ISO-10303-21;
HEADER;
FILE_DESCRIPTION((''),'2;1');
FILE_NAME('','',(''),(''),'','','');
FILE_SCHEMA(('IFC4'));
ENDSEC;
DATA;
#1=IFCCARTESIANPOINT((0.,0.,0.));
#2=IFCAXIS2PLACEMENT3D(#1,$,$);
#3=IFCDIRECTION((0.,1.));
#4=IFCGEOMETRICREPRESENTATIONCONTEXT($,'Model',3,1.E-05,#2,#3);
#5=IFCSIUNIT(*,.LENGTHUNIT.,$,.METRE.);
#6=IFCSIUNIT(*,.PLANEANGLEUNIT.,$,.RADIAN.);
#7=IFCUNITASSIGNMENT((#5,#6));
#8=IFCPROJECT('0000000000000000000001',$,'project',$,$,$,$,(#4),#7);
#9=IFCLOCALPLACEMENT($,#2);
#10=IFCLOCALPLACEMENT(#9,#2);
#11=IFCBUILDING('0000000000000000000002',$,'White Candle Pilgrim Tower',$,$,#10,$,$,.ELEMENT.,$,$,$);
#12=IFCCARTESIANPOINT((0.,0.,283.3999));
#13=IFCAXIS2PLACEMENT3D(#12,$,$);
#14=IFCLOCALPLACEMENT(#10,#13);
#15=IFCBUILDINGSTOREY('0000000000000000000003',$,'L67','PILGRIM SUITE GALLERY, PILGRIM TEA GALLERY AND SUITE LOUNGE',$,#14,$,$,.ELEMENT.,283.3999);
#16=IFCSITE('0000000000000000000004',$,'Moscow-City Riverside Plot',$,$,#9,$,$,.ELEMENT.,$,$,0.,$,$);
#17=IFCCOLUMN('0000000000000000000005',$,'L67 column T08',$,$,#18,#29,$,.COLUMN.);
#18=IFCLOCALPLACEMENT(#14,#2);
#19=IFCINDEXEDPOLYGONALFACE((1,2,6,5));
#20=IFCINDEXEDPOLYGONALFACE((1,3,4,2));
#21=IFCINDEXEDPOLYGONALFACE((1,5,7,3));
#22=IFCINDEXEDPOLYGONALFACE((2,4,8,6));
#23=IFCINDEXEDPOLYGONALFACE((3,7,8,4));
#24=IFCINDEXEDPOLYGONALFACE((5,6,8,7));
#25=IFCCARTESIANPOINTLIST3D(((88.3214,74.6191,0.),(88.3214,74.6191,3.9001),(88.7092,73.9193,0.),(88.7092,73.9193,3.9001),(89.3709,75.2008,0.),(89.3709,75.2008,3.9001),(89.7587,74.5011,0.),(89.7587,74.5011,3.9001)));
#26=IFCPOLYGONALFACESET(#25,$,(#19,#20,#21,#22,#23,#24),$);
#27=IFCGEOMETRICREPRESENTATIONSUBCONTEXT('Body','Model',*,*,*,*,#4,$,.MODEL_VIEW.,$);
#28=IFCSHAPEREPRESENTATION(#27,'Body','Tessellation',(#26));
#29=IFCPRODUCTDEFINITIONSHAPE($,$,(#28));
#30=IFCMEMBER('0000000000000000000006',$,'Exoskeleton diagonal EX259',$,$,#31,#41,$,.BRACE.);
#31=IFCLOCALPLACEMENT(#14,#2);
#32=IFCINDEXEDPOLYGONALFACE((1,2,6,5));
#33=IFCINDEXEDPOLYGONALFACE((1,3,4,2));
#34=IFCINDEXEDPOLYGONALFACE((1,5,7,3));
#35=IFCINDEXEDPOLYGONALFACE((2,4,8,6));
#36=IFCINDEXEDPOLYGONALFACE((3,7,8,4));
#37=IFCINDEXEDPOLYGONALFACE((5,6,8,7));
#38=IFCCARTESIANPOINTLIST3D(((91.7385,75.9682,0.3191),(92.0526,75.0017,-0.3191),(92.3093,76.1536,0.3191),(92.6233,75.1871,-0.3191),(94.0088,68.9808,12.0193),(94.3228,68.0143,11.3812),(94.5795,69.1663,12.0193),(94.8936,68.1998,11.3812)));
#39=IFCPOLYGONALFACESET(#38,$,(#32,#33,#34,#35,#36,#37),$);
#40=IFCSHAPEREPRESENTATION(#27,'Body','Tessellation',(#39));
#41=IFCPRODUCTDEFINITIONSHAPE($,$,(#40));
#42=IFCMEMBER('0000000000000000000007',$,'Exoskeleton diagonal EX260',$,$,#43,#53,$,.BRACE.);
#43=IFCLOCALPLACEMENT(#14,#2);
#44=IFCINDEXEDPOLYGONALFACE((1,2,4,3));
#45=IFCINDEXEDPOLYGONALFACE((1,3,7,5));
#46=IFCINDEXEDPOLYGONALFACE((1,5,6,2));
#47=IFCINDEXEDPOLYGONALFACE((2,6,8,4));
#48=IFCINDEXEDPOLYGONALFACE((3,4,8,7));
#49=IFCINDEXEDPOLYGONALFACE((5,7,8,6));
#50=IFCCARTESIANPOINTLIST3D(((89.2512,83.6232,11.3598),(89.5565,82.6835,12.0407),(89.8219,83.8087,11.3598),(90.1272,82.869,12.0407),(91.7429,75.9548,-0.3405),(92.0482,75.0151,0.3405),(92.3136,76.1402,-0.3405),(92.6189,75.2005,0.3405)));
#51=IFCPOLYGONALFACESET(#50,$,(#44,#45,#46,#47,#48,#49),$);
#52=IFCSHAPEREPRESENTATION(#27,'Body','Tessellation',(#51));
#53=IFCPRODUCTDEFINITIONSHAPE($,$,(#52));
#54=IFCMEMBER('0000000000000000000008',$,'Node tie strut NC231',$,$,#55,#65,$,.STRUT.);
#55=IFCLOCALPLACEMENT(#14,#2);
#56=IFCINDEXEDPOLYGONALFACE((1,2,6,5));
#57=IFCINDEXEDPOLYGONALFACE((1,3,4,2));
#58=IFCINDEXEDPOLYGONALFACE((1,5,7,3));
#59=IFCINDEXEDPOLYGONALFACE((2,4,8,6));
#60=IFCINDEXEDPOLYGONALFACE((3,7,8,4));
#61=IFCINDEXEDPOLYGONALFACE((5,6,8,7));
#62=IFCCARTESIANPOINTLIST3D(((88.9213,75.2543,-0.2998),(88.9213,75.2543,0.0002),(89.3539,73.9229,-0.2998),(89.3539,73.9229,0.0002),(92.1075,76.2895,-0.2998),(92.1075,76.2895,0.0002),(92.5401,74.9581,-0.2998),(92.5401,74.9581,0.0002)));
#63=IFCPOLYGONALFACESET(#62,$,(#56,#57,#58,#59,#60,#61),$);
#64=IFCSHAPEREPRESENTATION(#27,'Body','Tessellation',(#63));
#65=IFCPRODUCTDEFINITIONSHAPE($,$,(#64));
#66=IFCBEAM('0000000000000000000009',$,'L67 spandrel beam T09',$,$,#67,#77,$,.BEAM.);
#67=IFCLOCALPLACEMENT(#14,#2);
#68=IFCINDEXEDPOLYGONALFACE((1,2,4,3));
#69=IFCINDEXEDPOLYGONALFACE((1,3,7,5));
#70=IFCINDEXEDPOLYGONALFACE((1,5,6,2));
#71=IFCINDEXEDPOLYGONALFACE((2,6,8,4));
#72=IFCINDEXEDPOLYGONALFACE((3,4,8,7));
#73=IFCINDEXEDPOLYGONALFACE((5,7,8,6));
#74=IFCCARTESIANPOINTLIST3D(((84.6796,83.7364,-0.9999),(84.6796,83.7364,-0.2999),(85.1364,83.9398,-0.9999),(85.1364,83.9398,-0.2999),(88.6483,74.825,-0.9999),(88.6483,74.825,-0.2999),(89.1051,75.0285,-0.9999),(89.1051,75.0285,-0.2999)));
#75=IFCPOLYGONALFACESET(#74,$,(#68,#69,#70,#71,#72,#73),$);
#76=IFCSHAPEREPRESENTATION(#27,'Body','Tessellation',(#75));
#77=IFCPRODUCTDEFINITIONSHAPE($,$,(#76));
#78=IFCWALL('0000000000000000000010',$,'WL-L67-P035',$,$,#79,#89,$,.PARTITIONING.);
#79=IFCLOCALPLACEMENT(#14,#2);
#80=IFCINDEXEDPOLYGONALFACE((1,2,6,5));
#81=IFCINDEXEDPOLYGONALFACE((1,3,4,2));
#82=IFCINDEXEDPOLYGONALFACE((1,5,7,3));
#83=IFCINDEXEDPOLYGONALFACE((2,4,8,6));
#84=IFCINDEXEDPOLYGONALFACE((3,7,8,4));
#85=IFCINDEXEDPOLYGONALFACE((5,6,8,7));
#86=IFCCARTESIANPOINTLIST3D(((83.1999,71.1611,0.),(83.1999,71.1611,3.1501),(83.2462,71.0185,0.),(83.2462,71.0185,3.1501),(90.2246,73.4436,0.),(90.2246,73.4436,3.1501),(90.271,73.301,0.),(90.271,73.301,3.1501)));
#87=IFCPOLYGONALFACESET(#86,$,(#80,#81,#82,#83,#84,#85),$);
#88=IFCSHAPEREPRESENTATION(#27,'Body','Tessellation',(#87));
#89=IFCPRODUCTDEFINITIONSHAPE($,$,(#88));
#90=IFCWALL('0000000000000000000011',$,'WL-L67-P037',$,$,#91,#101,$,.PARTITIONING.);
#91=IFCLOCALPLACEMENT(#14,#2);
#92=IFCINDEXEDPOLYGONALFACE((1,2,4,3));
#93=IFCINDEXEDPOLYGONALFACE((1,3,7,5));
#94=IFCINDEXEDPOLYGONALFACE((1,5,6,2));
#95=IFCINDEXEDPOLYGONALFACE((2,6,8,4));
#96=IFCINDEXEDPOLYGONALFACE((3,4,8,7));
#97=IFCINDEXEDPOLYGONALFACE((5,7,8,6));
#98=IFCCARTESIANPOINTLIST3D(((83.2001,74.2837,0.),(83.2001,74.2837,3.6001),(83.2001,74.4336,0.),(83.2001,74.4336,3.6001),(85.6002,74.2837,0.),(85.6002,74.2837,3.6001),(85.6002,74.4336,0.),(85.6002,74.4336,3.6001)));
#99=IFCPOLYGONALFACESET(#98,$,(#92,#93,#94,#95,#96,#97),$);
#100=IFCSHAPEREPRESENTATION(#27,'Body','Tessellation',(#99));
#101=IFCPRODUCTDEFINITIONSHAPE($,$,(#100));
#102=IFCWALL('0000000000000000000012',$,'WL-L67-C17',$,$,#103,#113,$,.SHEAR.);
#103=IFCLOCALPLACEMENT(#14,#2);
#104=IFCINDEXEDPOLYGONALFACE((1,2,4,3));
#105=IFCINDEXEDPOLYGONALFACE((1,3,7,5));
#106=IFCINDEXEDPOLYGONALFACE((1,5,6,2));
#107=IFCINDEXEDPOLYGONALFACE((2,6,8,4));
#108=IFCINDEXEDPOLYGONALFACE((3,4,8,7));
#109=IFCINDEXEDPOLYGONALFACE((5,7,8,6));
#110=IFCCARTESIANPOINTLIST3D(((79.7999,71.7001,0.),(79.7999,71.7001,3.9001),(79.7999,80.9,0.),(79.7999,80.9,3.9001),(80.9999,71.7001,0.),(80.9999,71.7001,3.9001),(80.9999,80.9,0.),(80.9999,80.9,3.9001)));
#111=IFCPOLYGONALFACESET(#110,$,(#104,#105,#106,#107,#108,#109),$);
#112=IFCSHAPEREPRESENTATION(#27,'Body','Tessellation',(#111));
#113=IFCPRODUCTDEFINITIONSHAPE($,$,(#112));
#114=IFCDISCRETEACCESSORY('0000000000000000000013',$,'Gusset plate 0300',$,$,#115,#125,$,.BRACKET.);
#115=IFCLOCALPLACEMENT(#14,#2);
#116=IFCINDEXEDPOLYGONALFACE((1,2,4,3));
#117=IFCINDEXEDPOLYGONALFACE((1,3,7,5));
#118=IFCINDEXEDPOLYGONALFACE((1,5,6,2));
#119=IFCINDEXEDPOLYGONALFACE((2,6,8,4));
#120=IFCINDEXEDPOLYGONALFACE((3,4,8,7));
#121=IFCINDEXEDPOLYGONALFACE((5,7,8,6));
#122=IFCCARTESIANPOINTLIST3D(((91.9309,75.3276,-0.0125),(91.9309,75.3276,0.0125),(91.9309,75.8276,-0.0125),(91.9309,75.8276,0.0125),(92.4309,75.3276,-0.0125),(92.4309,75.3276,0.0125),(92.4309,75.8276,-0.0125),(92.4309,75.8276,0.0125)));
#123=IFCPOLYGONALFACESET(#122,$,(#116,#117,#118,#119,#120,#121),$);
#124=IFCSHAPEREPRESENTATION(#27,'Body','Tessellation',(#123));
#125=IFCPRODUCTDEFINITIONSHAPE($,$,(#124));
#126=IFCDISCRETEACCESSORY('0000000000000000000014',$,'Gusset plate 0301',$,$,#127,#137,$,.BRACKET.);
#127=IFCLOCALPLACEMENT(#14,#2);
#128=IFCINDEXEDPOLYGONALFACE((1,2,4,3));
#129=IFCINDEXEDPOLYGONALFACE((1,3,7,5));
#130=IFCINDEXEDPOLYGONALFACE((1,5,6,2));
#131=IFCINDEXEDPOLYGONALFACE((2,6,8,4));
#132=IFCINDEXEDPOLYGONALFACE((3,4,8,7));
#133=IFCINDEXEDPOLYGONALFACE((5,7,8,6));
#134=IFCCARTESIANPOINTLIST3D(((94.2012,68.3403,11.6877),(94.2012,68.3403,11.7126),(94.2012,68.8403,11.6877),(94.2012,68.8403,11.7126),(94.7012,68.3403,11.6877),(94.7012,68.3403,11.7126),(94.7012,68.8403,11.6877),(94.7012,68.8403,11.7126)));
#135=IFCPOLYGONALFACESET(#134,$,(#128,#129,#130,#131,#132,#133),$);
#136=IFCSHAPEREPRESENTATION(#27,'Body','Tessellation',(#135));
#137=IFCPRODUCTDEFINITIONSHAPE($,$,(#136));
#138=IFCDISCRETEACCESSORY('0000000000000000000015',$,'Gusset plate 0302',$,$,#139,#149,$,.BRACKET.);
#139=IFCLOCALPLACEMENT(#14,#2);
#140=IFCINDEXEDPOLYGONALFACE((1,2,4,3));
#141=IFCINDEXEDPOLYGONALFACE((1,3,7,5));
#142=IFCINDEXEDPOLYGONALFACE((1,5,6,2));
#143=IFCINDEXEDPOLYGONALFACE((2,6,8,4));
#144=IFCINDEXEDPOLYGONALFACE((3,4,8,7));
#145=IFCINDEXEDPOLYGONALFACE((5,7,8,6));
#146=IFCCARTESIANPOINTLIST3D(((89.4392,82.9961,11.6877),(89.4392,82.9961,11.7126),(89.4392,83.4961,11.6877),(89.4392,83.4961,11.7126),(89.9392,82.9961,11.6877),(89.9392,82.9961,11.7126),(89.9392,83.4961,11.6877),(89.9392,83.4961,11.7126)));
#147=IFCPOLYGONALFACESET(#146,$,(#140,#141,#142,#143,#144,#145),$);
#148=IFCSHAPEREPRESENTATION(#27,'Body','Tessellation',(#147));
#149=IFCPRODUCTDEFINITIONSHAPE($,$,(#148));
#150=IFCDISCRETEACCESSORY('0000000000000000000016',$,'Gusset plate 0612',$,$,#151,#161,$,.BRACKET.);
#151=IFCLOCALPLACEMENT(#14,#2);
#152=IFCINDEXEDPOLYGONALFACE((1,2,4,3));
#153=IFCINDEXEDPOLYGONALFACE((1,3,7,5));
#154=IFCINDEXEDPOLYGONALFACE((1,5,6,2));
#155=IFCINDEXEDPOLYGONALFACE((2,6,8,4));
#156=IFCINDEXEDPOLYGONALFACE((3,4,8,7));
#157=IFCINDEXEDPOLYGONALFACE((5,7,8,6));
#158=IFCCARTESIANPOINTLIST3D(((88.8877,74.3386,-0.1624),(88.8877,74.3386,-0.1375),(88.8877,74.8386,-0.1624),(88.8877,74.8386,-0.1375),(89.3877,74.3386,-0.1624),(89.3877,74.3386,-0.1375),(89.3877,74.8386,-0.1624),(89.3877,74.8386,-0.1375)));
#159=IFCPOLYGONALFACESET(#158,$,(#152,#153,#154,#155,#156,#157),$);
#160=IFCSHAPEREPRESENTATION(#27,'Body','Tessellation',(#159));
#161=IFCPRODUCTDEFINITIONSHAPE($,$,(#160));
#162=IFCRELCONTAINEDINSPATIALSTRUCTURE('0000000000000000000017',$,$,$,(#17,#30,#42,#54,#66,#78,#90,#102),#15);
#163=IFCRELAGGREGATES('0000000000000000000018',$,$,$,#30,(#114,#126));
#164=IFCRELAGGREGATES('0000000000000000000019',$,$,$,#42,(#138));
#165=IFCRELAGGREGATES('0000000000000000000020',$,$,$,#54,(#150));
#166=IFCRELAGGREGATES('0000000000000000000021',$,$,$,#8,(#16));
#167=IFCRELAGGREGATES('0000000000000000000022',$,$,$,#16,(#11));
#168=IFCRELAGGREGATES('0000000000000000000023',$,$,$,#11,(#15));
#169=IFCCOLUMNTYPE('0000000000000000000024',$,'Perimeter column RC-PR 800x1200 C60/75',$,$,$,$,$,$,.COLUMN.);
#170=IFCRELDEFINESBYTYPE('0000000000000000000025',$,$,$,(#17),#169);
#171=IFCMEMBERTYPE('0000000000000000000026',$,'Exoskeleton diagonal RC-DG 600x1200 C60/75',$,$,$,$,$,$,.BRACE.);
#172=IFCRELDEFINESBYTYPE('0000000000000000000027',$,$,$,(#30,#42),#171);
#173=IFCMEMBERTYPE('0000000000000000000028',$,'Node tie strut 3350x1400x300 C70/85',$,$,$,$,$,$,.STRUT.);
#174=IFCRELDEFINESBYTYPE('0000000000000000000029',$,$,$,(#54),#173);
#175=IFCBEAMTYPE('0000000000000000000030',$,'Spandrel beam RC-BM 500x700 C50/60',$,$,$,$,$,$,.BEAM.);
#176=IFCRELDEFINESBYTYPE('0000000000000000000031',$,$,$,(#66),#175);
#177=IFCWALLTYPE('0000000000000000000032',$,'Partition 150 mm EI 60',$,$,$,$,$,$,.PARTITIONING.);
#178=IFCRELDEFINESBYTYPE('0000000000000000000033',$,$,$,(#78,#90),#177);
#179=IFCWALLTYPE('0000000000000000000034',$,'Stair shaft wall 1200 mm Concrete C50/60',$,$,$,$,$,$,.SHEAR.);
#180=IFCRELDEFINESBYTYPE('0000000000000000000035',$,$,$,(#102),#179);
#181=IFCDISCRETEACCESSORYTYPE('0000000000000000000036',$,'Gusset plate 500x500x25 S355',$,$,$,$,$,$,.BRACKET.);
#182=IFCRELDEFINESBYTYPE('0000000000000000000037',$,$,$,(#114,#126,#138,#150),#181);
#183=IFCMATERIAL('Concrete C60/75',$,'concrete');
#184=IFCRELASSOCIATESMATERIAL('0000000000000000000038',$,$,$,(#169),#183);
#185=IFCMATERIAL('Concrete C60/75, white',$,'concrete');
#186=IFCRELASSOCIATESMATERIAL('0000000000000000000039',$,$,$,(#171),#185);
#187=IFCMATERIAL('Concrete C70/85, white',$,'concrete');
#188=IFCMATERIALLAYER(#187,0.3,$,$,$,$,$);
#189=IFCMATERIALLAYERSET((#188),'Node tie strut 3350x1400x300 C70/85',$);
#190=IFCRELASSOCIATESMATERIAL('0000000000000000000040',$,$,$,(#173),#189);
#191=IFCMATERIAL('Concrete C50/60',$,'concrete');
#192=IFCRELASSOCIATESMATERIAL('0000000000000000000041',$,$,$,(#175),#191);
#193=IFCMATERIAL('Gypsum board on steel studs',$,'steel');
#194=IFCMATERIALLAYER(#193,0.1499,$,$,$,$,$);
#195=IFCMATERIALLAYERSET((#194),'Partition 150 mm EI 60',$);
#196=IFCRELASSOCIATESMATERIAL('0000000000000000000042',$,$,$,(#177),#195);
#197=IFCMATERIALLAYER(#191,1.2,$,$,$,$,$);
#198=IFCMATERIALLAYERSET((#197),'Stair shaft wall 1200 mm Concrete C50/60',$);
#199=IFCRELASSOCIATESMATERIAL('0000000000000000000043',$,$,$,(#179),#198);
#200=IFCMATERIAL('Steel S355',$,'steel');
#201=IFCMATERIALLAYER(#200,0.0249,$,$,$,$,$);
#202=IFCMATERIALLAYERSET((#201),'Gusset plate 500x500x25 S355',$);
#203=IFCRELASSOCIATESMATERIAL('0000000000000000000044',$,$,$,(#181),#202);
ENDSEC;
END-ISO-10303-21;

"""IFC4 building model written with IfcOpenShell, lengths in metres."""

from ifc_helpers import new_model, si_unit, direction, frame, frame_2d, origin, origin_2d, place, context, subcontext, project, spatial, rectangle, extrude, material, layer, layer_set, material_profile, profile_set, type_object, element, aggregate, save


model = new_model("IFC4")

# Units and contexts
model_context = context("Model", 3, precision=1e-05, world=origin(), true_north=direction((0.0, 1.0)))
body_context = subcontext(model_context, "Body", "Model", "MODEL_VIEW")
ifc_project = project(units=[si_unit("LENGTHUNIT", "METRE"), si_unit("PLANEANGLEUNIT", "RADIAN")], contexts=[model_context])

# Site, building, storey
site_placement = place(None, origin())
site = spatial("IfcSite", under=ifc_project, at=site_placement, Name="Moscow-City Riverside Plot", CompositionType="ELEMENT", RefElevation=0.0)
building_placement = place(site_placement, origin())
building = spatial("IfcBuilding", under=site, at=building_placement, Name="White Candle Pilgrim Tower", CompositionType="ELEMENT")
storey_placement = place(building_placement, frame((0.0, 0.0, 283.3999)))
storey = spatial("IfcBuildingStorey", under=building, at=storey_placement, Name="L67", Description="PILGRIM SUITE GALLERY, PILGRIM TEA GALLERY AND SUITE LOUNGE", CompositionType="ELEMENT", Elevation=283.3999)

# Column
ifc_material_1 = material(Name="Concrete C60/75", Category="concrete")
ifc_material_profile_1 = material_profile(ifc_material_1, rectangle(XDim=0.8, YDim=1.2, at=origin_2d()), Name="RC-PR 800x1200")
ifc_profile_set_1 = profile_set([ifc_material_profile_1], Name="Concrete C60/75")
column_type = type_object("IfcColumnType", Name="Perimeter column RC-PR 800x1200 C60/75", PredefinedType="COLUMN", material=ifc_profile_set_1)
column_placement = place(storey_placement, frame((89.04, 74.5601, 0.0), z_axis=(0.0, 0.0, 1.0), x_axis=(0.48481, -0.87462, 0.0)))
element("IfcColumn", 1, at=column_placement, inside=storey, type_object=column_type, Name="L67 column T08", PredefinedType="COLUMN", context=body_context, shape_type="SweptSolid", body=[
    extrude(rectangle(XDim=0.8, YDim=1.2, at=origin_2d()), origin(), (0.0, 0.0, 1.0), 3.9001),
])

# Members
ifc_material_2 = material(Name="Concrete C60/75, white", Category="concrete")
ifc_material_profile_2 = material_profile(ifc_material_2, rectangle(XDim=0.6001, YDim=1.2, at=origin_2d()), Name="RC-DG 600x1200")
ifc_profile_set_2 = profile_set([ifc_material_profile_2], Name="Concrete C60/75, white")
member_type_1 = type_object("IfcMemberType", Name="Exoskeleton diagonal RC-DG 600x1200 C60/75", PredefinedType="BRACE", material=ifc_profile_set_2)
member_1_placement = place(storey_placement, frame((92.1809, 75.5776, 0.0), z_axis=(0.164326, -0.505754, 0.846882), x_axis=(0.951058, 0.309011, 0.0)))
member_1 = element("IfcMember", 2, at=member_1_placement, inside=storey, type_object=member_type_1, Name="Exoskeleton diagonal EX259", PredefinedType="BRACE", context=body_context, shape_type="SweptSolid", body=[
    extrude(rectangle(XDim=0.6001, YDim=1.2, at=origin_2d()), origin(), (0.0, 0.0, 1.0), 13.8157),
])
member_2_placement = place(storey_placement, frame((92.1809, 75.5776, 0.0), z_axis=(-0.175355, 0.539673, 0.82341), x_axis=(-0.951054, -0.309024, 0.0)))
member_2 = element("IfcMember", 3, at=member_2_placement, inside=storey, type_object=member_type_1, Name="Exoskeleton diagonal EX260", PredefinedType="BRACE", context=body_context, shape_type="SweptSolid", body=[
    extrude(rectangle(XDim=0.6001, YDim=1.2, at=origin_2d()), origin(), (0.0, 0.0, 1.0), 14.2095),
])
ifc_material_3 = material(Name="Concrete C70/85, white", Category="concrete")
ifc_layer_1 = layer(ifc_material_3, 0.3)
ifc_layer_set_1 = layer_set([ifc_layer_1], Name="Node tie strut 3350x1400x300 C70/85")
member_type_2 = type_object("IfcMemberType", Name="Node tie strut 3350x1400x300 C70/85", PredefinedType="STRUT", material=ifc_layer_set_1)
member_3_placement = place(storey_placement, frame((90.7307, 75.1062, -0.2998), z_axis=(0.0, 0.0, 1.0), x_axis=(-0.309017, 0.951057, 0.0)))
member_3 = element("IfcMember", 4, at=member_3_placement, inside=storey, type_object=member_type_2, Name="Node tie strut NC231", PredefinedType="STRUT", context=body_context, shape_type="SweptSolid", body=[
    extrude(rectangle(XDim=1.3999, YDim=3.3501, at=origin_2d()), origin(), (0.0, 0.0, 1.0), 0.3),
])

# Beam
ifc_material_4 = material(Name="Concrete C50/60", Category="concrete")
ifc_material_profile_3 = material_profile(ifc_material_4, rectangle(XDim=0.5, YDim=0.7, at=origin_2d()), Name="RC-BM 500x700")
ifc_profile_set_3 = profile_set([ifc_material_profile_3], Name="Concrete C50/60")
beam_type = type_object("IfcBeamType", Name="Spandrel beam RC-BM 500x700 C50/60", PredefinedType="BEAM", material=ifc_profile_set_3)
beam_placement = place(storey_placement, frame((88.8767, 74.9268, -0.6499), z_axis=(-0.406835, 0.913502, 0.0), x_axis=(-0.913502, -0.406835, 0.0)))
element("IfcBeam", 5, at=beam_placement, inside=storey, type_object=beam_type, Name="L67 spandrel beam T09", PredefinedType="BEAM", context=body_context, shape_type="SweptSolid", body=[
    extrude(rectangle(XDim=0.5, YDim=0.7, at=origin_2d()), origin(), (0.0, 0.0, 1.0), 9.7551),
])

# Walls
ifc_material_5 = material(Name="Gypsum board on steel studs", Category="steel")
ifc_layer_2 = layer(ifc_material_5, 0.1499)
ifc_layer_set_2 = layer_set([ifc_layer_2], Name="Partition 150 mm EI 60")
wall_type_1 = type_object("IfcWallType", Name="Partition 150 mm EI 60", PredefinedType="PARTITIONING", material=ifc_layer_set_2)
wall_1_placement = place(storey_placement, frame((90.2478, 73.3723, 0.0), z_axis=(0.0, 0.0, 1.0), x_axis=(-0.951056, -0.30902, 0.0)))
element("IfcWall", 6, at=wall_1_placement, inside=storey, type_object=wall_type_1, Name="WL-L67-P035", PredefinedType="PARTITIONING", context=body_context, shape_type="SweptSolid", body=[
    extrude(rectangle(XDim=7.3862, YDim=0.1499, at=frame_2d((3.6931, 0.0))), origin(), (0.0, 0.0, 1.0), 3.1501),
])
wall_2_placement = place(storey_placement, frame((83.2, 74.3586, 0.0), z_axis=(0.0, 0.0, 1.0), x_axis=(1.0, 0.0, 0.0)))
element("IfcWall", 7, at=wall_2_placement, inside=storey, type_object=wall_type_1, Name="WL-L67-P037", PredefinedType="PARTITIONING", context=body_context, shape_type="SweptSolid", body=[
    extrude(rectangle(XDim=2.4001, YDim=0.1499, at=frame_2d((1.2002, 0.0))), origin(), (0.0, 0.0, 1.0), 3.6001),
])
ifc_layer_3 = layer(ifc_material_4, 1.2)
ifc_layer_set_3 = layer_set([ifc_layer_3], Name="Stair shaft wall 1200 mm Concrete C50/60")
wall_type_2 = type_object("IfcWallType", Name="Stair shaft wall 1200 mm Concrete C50/60", PredefinedType="SHEAR", material=ifc_layer_set_3)
wall_3_placement = place(storey_placement, frame((80.3999, 71.7, 0.0), z_axis=(0.0, 0.0, 1.0), x_axis=(0.0, 1.0, 0.0)))
element("IfcWall", 8, at=wall_3_placement, inside=storey, type_object=wall_type_2, Name="WL-L67-C17", PredefinedType="SHEAR", context=body_context, shape_type="SweptSolid", body=[
    extrude(rectangle(XDim=9.2, YDim=1.2, at=frame_2d((4.6001, 0.0))), origin(), (0.0, 0.0, 1.0), 3.9001),
])

# Discrete accessories
ifc_material_6 = material(Name="Steel S355", Category="steel")
ifc_layer_4 = layer(ifc_material_6, 0.0249)
ifc_layer_set_4 = layer_set([ifc_layer_4], Name="Gusset plate 500x500x25 S355")
discrete_accessory_type = type_object("IfcDiscreteAccessoryType", Name="Gusset plate 500x500x25 S355", PredefinedType="BRACKET", material=ifc_layer_set_4)
discrete_accessory_1_placement = place(storey_placement, frame((92.1809, 75.5776, -0.0125), z_axis=(0.0, 0.0, 1.0), x_axis=(1.0, 0.0, 0.0)))
discrete_accessory_1 = element("IfcDiscreteAccessory", 9, at=discrete_accessory_1_placement, type_object=discrete_accessory_type, Name="Gusset plate 0300", PredefinedType="BRACKET", context=body_context, shape_type="SweptSolid", body=[
    extrude(rectangle(XDim=0.5, YDim=0.5, at=origin_2d()), origin(), (0.0, 0.0, 1.0), 0.0249),
])
placement = place(building_placement, frame((0.0, 0.0, 295.1001)))
discrete_accessory_2_placement = place(placement, frame((94.4512, 68.5903, -0.0125), z_axis=(0.0, 0.0, 1.0), x_axis=(1.0, 0.0, 0.0)))
discrete_accessory_2 = element("IfcDiscreteAccessory", 10, at=discrete_accessory_2_placement, type_object=discrete_accessory_type, Name="Gusset plate 0301", PredefinedType="BRACKET", context=body_context, shape_type="SweptSolid", body=[
    extrude(rectangle(XDim=0.5, YDim=0.5, at=origin_2d()), origin(), (0.0, 0.0, 1.0), 0.0249),
])
aggregate(member_1, [discrete_accessory_1, discrete_accessory_2])
discrete_accessory_3_placement = place(placement, frame((89.6892, 83.2461, -0.0125), z_axis=(0.0, 0.0, 1.0), x_axis=(1.0, 0.0, 0.0)))
discrete_accessory_3 = element("IfcDiscreteAccessory", 11, at=discrete_accessory_3_placement, type_object=discrete_accessory_type, Name="Gusset plate 0302", PredefinedType="BRACKET", context=body_context, shape_type="SweptSolid", body=[
    extrude(rectangle(XDim=0.5, YDim=0.5, at=origin_2d()), origin(), (0.0, 0.0, 1.0), 0.0249),
])
aggregate(member_2, [discrete_accessory_3])
discrete_accessory_4_placement = place(storey_placement, frame((89.1377, 74.5886, -0.1624), z_axis=(0.0, 0.0, 1.0), x_axis=(1.0, 0.0, 0.0)))
discrete_accessory_4 = element("IfcDiscreteAccessory", 12, at=discrete_accessory_4_placement, type_object=discrete_accessory_type, Name="Gusset plate 0612", PredefinedType="BRACKET", context=body_context, shape_type="SweptSolid", body=[
    extrude(rectangle(XDim=0.5, YDim=0.5, at=origin_2d()), origin(), (0.0, 0.0, 1.0), 0.0249),
])
aggregate(member_3, [discrete_accessory_4])

save(model, "model.ifc")
